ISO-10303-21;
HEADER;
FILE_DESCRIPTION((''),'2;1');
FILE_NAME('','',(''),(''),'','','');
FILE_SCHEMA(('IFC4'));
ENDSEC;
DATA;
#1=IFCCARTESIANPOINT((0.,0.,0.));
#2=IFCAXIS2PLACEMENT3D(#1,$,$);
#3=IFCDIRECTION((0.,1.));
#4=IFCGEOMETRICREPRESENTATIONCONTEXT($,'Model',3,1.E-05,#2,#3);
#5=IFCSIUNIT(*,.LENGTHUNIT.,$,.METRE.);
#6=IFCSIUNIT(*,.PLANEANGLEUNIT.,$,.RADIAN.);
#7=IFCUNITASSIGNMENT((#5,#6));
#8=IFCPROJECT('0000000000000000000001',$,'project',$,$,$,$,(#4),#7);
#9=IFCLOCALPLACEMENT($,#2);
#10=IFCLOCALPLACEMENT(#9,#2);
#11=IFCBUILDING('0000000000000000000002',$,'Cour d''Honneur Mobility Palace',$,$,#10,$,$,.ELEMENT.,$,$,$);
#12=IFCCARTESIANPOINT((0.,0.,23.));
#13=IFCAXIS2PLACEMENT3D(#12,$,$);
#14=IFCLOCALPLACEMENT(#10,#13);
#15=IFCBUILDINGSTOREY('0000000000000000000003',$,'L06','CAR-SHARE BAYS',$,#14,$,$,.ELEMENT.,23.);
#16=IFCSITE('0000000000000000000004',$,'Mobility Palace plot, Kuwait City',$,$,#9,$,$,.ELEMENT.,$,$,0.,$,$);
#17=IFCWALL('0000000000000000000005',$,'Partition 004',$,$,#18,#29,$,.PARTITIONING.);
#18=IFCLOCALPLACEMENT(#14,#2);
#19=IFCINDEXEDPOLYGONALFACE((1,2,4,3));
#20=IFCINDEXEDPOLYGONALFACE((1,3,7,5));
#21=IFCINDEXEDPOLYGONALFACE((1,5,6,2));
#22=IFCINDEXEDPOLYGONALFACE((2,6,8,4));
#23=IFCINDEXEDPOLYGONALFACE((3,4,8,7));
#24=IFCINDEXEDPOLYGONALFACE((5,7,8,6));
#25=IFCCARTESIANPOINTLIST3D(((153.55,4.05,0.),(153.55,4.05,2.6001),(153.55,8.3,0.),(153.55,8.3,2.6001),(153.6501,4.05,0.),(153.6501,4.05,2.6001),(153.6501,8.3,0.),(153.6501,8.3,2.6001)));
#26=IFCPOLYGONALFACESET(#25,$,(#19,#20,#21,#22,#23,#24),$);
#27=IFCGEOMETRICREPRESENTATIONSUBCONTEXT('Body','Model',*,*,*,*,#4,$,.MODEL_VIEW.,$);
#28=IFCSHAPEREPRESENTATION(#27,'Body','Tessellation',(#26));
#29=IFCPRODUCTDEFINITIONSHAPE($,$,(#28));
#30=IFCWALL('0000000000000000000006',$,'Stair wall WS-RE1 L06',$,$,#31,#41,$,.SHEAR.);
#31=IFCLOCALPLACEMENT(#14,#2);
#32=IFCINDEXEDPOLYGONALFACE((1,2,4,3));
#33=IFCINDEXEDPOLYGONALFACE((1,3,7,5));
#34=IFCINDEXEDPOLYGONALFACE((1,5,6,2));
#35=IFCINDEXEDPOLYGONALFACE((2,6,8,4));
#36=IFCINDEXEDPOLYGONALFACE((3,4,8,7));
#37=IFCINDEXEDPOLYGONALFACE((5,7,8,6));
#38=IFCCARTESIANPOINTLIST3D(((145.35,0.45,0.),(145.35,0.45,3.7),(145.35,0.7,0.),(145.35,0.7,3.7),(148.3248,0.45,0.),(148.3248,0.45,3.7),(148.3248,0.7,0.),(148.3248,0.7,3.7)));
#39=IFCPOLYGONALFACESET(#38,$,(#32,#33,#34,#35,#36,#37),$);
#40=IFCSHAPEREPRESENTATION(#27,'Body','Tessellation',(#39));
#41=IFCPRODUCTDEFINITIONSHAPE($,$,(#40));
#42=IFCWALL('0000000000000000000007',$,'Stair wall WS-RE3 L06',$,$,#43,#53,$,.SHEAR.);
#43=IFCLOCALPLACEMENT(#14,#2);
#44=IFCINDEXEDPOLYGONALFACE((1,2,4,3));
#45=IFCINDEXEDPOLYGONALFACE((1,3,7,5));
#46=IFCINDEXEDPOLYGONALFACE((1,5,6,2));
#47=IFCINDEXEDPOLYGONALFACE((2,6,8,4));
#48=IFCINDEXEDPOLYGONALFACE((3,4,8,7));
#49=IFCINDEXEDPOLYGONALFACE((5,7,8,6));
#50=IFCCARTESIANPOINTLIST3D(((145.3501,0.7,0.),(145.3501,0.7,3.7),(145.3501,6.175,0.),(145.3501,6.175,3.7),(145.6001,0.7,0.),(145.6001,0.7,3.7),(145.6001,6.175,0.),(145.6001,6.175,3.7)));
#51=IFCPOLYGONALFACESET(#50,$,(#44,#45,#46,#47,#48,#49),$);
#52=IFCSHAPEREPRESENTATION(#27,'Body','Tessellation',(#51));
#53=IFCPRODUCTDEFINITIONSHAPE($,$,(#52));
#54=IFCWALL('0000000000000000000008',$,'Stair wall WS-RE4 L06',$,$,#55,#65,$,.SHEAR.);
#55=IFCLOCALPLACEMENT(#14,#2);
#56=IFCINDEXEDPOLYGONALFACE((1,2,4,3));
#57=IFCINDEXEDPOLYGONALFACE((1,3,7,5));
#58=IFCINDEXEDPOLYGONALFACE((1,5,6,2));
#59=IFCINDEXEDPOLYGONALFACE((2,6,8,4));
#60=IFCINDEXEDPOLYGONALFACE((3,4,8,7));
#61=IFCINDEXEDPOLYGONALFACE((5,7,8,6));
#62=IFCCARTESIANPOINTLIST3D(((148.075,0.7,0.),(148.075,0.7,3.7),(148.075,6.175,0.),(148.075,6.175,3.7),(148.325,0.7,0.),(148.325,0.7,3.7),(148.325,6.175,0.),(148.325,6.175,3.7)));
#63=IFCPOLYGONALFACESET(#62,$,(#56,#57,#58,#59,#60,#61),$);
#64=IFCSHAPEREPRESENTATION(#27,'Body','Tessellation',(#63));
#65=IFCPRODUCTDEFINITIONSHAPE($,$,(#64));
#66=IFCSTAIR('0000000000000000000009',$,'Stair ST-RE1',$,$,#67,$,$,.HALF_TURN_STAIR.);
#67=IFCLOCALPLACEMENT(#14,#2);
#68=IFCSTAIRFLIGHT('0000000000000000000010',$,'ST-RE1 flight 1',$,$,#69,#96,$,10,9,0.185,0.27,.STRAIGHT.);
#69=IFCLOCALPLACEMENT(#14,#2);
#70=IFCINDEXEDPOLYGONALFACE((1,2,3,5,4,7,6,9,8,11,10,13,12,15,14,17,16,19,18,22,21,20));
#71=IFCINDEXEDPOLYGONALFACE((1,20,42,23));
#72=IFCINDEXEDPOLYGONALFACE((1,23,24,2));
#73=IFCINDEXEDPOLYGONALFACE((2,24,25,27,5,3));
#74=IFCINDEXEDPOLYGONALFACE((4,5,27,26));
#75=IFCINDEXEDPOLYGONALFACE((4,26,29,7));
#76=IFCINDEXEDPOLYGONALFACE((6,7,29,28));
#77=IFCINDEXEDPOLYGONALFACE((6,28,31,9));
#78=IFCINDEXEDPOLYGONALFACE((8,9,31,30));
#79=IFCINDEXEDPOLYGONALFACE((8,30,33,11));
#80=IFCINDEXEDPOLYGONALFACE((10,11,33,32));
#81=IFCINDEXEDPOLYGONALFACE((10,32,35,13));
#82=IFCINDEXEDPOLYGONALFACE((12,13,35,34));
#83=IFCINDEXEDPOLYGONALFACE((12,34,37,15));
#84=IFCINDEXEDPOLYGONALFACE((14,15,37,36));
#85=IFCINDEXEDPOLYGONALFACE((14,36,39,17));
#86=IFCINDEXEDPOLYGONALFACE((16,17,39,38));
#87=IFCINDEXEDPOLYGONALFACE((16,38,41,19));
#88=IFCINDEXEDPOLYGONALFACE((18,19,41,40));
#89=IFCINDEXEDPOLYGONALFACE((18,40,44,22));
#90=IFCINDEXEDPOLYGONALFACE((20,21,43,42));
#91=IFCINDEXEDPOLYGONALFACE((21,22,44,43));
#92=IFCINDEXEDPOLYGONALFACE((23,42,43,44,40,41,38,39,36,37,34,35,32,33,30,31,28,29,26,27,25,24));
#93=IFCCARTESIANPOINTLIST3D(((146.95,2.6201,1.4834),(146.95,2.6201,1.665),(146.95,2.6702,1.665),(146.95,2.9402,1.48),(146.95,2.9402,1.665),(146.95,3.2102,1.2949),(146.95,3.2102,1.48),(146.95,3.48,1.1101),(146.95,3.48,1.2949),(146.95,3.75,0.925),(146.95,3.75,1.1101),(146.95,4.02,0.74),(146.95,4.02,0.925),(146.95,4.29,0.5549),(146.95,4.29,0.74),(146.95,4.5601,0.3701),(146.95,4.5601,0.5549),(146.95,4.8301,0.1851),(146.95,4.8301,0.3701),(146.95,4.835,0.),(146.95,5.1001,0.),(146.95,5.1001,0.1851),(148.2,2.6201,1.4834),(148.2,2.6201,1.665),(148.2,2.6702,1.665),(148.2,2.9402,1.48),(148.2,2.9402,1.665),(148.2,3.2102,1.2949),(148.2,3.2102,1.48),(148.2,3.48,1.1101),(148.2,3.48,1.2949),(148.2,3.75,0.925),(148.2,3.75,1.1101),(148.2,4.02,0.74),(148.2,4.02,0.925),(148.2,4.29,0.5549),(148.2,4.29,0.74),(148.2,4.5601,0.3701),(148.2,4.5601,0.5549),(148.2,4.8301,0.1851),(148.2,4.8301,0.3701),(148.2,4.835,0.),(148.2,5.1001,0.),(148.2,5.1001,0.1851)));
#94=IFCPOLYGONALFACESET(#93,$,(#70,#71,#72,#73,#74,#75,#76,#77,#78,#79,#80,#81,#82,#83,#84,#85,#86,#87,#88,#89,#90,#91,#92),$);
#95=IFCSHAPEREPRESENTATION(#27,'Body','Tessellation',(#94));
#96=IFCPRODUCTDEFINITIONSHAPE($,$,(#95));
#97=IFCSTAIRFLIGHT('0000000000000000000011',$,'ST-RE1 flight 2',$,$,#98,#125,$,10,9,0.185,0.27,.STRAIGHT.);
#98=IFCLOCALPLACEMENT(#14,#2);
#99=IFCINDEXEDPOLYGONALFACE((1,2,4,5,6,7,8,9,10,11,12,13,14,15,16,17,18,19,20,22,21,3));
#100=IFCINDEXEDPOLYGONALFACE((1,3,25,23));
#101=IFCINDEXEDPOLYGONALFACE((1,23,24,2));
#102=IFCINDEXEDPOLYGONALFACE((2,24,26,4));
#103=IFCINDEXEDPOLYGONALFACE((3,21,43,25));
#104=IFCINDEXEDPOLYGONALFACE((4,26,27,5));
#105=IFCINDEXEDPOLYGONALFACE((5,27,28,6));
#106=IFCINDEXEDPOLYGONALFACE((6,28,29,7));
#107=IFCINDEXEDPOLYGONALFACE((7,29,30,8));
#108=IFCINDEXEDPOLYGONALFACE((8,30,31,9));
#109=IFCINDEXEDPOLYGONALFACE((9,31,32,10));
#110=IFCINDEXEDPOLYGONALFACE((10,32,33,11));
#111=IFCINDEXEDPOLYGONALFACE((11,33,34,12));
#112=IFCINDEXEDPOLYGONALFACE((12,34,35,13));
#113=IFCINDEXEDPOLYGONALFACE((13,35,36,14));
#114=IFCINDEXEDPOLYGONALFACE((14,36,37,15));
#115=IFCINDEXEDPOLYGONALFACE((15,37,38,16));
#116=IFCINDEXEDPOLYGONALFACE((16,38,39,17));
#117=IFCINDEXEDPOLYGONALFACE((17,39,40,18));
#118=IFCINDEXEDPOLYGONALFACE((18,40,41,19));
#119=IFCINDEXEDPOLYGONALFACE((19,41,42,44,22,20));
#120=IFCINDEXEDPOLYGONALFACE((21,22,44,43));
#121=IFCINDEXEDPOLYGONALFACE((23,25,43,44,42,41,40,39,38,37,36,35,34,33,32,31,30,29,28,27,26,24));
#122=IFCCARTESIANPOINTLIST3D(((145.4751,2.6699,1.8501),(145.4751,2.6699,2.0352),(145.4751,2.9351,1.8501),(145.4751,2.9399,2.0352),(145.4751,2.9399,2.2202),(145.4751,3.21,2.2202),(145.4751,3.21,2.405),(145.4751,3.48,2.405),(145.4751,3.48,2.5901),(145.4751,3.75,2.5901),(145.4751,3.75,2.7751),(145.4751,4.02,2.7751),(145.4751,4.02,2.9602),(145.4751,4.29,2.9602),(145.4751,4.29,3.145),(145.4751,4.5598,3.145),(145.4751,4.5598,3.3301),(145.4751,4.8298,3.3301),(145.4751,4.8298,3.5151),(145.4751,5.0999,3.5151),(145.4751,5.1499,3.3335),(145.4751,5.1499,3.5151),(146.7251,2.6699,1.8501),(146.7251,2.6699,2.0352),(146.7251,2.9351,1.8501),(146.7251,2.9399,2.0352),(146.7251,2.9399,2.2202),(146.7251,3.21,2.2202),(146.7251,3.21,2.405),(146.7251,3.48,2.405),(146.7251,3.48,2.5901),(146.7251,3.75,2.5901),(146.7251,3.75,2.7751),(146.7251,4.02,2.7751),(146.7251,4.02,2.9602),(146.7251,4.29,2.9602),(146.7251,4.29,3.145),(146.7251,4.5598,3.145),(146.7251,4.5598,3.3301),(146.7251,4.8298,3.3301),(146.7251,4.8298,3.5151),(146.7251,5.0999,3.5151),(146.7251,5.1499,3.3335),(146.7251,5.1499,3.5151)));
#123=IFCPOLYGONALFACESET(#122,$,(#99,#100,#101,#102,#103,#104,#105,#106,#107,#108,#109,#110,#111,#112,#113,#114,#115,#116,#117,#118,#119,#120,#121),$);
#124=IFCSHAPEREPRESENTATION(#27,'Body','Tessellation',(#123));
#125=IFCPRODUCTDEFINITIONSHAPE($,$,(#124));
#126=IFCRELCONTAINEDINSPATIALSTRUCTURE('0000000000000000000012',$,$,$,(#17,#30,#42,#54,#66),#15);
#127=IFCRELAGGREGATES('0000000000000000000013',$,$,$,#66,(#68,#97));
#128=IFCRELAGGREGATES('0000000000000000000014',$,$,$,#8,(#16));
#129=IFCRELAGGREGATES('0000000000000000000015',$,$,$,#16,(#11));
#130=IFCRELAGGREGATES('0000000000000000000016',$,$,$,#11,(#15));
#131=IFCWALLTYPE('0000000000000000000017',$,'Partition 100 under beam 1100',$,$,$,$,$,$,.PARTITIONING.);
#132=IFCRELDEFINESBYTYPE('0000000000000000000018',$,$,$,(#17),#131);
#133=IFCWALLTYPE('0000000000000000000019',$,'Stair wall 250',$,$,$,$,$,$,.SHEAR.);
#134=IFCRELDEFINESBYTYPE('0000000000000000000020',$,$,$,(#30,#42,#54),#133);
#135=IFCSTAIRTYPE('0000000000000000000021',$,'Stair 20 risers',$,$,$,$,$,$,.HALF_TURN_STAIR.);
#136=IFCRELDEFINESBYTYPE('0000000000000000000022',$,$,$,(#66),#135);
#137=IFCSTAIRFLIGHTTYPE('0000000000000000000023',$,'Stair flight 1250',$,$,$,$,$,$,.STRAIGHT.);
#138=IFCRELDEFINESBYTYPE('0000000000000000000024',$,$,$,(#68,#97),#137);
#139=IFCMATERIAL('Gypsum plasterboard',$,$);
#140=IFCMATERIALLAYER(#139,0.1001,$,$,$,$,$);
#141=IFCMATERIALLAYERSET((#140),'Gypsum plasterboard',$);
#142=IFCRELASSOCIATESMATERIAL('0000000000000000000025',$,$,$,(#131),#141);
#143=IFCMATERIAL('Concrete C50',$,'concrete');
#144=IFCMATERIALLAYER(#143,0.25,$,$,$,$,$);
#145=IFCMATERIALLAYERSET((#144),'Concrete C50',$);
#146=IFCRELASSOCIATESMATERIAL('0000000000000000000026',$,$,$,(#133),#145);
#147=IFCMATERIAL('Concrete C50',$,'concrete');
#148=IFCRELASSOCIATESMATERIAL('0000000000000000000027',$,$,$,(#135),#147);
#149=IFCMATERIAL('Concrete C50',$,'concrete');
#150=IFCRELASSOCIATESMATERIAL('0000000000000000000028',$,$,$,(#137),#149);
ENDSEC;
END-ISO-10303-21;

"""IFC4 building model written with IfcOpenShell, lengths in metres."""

from ifc_helpers import new_model, si_unit, direction, frame, frame_2d, origin, place, context, subcontext, project, spatial, polyline, rectangle, outline, extrude, material, layer, layer_set, type_object, element, aggregate, save


model = new_model("IFC4")

# Units and contexts
model_context = context("Model", 3, precision=1e-05, world=origin(), true_north=direction((0.0, 1.0)))
body_context = subcontext(model_context, "Body", "Model", "MODEL_VIEW")
ifc_project = project(units=[si_unit("LENGTHUNIT", "METRE"), si_unit("PLANEANGLEUNIT", "RADIAN")], contexts=[model_context])

# Site, building, storey
site_placement = place(None, origin())
site = spatial("IfcSite", under=ifc_project, at=site_placement, Name="Mobility Palace plot, Kuwait City", CompositionType="ELEMENT", RefElevation=0.0)
building_placement = place(site_placement, origin())
building = spatial("IfcBuilding", under=site, at=building_placement, Name="Cour d'Honneur Mobility Palace", CompositionType="ELEMENT")
storey_placement = place(building_placement, frame((0.0, 0.0, 23.0)))
storey = spatial("IfcBuildingStorey", under=building, at=storey_placement, Name="L06", Description="CAR-SHARE BAYS", CompositionType="ELEMENT", Elevation=23.0)

# Walls
ifc_material_1 = material(Name="Gypsum plasterboard")
ifc_layer_1 = layer(ifc_material_1, 0.1001)
ifc_layer_set_1 = layer_set([ifc_layer_1], Name="Gypsum plasterboard")
wall_type_1 = type_object("IfcWallType", Name="Partition 100 under beam 1100", PredefinedType="PARTITIONING", material=ifc_layer_set_1)
wall_1_placement = place(storey_placement, frame((153.6001, 4.05, 0.0), z_axis=(0.0, 0.0, 1.0), x_axis=(0.0, 1.0, 0.0)))
element("IfcWall", 1, at=wall_1_placement, inside=storey, type_object=wall_type_1, Name="Partition 004", PredefinedType="PARTITIONING", context=body_context, shape_type="SweptSolid", body=[
    extrude(rectangle(XDim=4.25, YDim=0.1001, at=frame_2d((2.125, 0.0))), origin(), (0.0, 0.0, 1.0), 2.6001),
])
ifc_material_2 = material(Name="Concrete C50", Category="concrete")
ifc_layer_2 = layer(ifc_material_2, 0.25)
ifc_layer_set_2 = layer_set([ifc_layer_2], Name="Concrete C50")
wall_type_2 = type_object("IfcWallType", Name="Stair wall 250", PredefinedType="SHEAR", material=ifc_layer_set_2)
wall_2_placement = place(storey_placement, frame((145.3501, 0.575, 0.0), z_axis=(0.0, 0.0, 1.0), x_axis=(1.0, 0.0, 0.0)))
element("IfcWall", 2, at=wall_2_placement, inside=storey, type_object=wall_type_2, Name="Stair wall WS-RE1 L06", PredefinedType="SHEAR", context=body_context, shape_type="SweptSolid", body=[
    extrude(rectangle(XDim=2.9749, YDim=0.25, at=frame_2d((1.4873, 0.0))), origin(), (0.0, 0.0, 1.0), 3.7),
])
for number, where, z_axis, x_axis, name in (
    (3, (145.4751, 0.7, 0.0), (0.0, 0.0, 1.0), (0.0, 1.0, 0.0), "Stair wall WS-RE3 L06"),
    (4, (148.2, 0.7, 0.0), (0.0, 0.0, 1.0), (0.0, 1.0, 0.0), "Stair wall WS-RE4 L06"),
):
    element("IfcWall", number, at=place(storey_placement, frame(where, z_axis=z_axis, x_axis=x_axis)), inside=storey, type_object=wall_type_2, Name=name, PredefinedType="SHEAR", context=body_context, shape_type="SweptSolid", body=[
        extrude(rectangle(XDim=5.4751, YDim=0.25, at=frame_2d((2.7375, 0.0))), origin(), (0.0, 0.0, 1.0), 3.7),
    ])

# Stair, stair flights
ifc_material_3 = material(Name="Concrete C50", Category="concrete")
stair_type = type_object("IfcStairType", Name="Stair 20 risers", PredefinedType="HALF_TURN_STAIR", material=ifc_material_3)
stair_placement = place(storey_placement, origin())
stair = element("IfcStair", 5, at=stair_placement, inside=storey, type_object=stair_type, Name="Stair ST-RE1", PredefinedType="HALF_TURN_STAIR")
ifc_material_4 = material(Name="Concrete C50", Category="concrete")
stair_flight_type = type_object("IfcStairFlightType", Name="Stair flight 1250", PredefinedType="STRAIGHT", material=ifc_material_4)
stair_flight_1_placement = place(storey_placement, frame((147.575, 5.1001, 0.0), z_axis=(0.0, 0.0, 1.0), x_axis=(0.0, -1.0, 0.0)))
stair_flight_1 = element("IfcStairFlight", 6, at=stair_flight_1_placement, type_object=stair_flight_type, Name="ST-RE1 flight 1", NumberOfRisers=10, NumberOfTreads=9, PredefinedType="STRAIGHT", RiserHeight=0.185, TreadLength=0.27, context=body_context, shape_type="SweptSolid", body=[
    extrude(outline(polyline([(0.0, 0.0), (0.0, 0.1851), (0.27, 0.1851), (0.27, 0.3701), (0.54, 0.3701), (0.54, 0.5549), (0.8101, 0.5549), (0.8101, 0.74), (1.0801, 0.74), (1.0801, 0.925), (1.3501, 0.925), (1.3501, 1.1101), (1.6201, 1.1101), (1.6201, 1.2949), (1.8899, 1.2949), (1.8899, 1.48), (2.1599, 1.48), (2.1599, 1.665), (2.4299, 1.665), (2.48, 1.665), (2.48, 1.4834), (0.2651, 0.0), (0.0, 0.0)])), frame((0.0, 0.625, 0.0), z_axis=(0.0, -1.0, 0.0), x_axis=(1.0, 0.0, 0.0)), (0.0, 0.0, 1.0), 1.25),
])
stair_flight_2_placement = place(storey_placement, frame((146.1001, 2.6699, 1.8501), z_axis=(0.0, 0.0, 1.0), x_axis=(0.0, 1.0, 0.0)))
stair_flight_2 = element("IfcStairFlight", 7, at=stair_flight_2_placement, type_object=stair_flight_type, Name="ST-RE1 flight 2", NumberOfRisers=10, NumberOfTreads=9, PredefinedType="STRAIGHT", RiserHeight=0.185, TreadLength=0.27, context=body_context, shape_type="SweptSolid", body=[
    extrude(outline(polyline([(0.0, 0.0), (0.0, 0.1851), (0.27, 0.1851), (0.27, 0.3701), (0.54, 0.3701), (0.54, 0.5549), (0.8101, 0.5549), (0.8101, 0.74), (1.0801, 0.74), (1.0801, 0.925), (1.3501, 0.925), (1.3501, 1.1101), (1.6201, 1.1101), (1.6201, 1.2949), (1.8899, 1.2949), (1.8899, 1.48), (2.1599, 1.48), (2.1599, 1.665), (2.4299, 1.665), (2.48, 1.665), (2.48, 1.4834), (0.2651, 0.0), (0.0, 0.0)])), frame((0.0, 0.625, 0.0), z_axis=(0.0, -1.0, 0.0), x_axis=(1.0, 0.0, 0.0)), (0.0, 0.0, 1.0), 1.25),
])
aggregate(stair, [stair_flight_1, stair_flight_2])

save(model, "model.ifc")
